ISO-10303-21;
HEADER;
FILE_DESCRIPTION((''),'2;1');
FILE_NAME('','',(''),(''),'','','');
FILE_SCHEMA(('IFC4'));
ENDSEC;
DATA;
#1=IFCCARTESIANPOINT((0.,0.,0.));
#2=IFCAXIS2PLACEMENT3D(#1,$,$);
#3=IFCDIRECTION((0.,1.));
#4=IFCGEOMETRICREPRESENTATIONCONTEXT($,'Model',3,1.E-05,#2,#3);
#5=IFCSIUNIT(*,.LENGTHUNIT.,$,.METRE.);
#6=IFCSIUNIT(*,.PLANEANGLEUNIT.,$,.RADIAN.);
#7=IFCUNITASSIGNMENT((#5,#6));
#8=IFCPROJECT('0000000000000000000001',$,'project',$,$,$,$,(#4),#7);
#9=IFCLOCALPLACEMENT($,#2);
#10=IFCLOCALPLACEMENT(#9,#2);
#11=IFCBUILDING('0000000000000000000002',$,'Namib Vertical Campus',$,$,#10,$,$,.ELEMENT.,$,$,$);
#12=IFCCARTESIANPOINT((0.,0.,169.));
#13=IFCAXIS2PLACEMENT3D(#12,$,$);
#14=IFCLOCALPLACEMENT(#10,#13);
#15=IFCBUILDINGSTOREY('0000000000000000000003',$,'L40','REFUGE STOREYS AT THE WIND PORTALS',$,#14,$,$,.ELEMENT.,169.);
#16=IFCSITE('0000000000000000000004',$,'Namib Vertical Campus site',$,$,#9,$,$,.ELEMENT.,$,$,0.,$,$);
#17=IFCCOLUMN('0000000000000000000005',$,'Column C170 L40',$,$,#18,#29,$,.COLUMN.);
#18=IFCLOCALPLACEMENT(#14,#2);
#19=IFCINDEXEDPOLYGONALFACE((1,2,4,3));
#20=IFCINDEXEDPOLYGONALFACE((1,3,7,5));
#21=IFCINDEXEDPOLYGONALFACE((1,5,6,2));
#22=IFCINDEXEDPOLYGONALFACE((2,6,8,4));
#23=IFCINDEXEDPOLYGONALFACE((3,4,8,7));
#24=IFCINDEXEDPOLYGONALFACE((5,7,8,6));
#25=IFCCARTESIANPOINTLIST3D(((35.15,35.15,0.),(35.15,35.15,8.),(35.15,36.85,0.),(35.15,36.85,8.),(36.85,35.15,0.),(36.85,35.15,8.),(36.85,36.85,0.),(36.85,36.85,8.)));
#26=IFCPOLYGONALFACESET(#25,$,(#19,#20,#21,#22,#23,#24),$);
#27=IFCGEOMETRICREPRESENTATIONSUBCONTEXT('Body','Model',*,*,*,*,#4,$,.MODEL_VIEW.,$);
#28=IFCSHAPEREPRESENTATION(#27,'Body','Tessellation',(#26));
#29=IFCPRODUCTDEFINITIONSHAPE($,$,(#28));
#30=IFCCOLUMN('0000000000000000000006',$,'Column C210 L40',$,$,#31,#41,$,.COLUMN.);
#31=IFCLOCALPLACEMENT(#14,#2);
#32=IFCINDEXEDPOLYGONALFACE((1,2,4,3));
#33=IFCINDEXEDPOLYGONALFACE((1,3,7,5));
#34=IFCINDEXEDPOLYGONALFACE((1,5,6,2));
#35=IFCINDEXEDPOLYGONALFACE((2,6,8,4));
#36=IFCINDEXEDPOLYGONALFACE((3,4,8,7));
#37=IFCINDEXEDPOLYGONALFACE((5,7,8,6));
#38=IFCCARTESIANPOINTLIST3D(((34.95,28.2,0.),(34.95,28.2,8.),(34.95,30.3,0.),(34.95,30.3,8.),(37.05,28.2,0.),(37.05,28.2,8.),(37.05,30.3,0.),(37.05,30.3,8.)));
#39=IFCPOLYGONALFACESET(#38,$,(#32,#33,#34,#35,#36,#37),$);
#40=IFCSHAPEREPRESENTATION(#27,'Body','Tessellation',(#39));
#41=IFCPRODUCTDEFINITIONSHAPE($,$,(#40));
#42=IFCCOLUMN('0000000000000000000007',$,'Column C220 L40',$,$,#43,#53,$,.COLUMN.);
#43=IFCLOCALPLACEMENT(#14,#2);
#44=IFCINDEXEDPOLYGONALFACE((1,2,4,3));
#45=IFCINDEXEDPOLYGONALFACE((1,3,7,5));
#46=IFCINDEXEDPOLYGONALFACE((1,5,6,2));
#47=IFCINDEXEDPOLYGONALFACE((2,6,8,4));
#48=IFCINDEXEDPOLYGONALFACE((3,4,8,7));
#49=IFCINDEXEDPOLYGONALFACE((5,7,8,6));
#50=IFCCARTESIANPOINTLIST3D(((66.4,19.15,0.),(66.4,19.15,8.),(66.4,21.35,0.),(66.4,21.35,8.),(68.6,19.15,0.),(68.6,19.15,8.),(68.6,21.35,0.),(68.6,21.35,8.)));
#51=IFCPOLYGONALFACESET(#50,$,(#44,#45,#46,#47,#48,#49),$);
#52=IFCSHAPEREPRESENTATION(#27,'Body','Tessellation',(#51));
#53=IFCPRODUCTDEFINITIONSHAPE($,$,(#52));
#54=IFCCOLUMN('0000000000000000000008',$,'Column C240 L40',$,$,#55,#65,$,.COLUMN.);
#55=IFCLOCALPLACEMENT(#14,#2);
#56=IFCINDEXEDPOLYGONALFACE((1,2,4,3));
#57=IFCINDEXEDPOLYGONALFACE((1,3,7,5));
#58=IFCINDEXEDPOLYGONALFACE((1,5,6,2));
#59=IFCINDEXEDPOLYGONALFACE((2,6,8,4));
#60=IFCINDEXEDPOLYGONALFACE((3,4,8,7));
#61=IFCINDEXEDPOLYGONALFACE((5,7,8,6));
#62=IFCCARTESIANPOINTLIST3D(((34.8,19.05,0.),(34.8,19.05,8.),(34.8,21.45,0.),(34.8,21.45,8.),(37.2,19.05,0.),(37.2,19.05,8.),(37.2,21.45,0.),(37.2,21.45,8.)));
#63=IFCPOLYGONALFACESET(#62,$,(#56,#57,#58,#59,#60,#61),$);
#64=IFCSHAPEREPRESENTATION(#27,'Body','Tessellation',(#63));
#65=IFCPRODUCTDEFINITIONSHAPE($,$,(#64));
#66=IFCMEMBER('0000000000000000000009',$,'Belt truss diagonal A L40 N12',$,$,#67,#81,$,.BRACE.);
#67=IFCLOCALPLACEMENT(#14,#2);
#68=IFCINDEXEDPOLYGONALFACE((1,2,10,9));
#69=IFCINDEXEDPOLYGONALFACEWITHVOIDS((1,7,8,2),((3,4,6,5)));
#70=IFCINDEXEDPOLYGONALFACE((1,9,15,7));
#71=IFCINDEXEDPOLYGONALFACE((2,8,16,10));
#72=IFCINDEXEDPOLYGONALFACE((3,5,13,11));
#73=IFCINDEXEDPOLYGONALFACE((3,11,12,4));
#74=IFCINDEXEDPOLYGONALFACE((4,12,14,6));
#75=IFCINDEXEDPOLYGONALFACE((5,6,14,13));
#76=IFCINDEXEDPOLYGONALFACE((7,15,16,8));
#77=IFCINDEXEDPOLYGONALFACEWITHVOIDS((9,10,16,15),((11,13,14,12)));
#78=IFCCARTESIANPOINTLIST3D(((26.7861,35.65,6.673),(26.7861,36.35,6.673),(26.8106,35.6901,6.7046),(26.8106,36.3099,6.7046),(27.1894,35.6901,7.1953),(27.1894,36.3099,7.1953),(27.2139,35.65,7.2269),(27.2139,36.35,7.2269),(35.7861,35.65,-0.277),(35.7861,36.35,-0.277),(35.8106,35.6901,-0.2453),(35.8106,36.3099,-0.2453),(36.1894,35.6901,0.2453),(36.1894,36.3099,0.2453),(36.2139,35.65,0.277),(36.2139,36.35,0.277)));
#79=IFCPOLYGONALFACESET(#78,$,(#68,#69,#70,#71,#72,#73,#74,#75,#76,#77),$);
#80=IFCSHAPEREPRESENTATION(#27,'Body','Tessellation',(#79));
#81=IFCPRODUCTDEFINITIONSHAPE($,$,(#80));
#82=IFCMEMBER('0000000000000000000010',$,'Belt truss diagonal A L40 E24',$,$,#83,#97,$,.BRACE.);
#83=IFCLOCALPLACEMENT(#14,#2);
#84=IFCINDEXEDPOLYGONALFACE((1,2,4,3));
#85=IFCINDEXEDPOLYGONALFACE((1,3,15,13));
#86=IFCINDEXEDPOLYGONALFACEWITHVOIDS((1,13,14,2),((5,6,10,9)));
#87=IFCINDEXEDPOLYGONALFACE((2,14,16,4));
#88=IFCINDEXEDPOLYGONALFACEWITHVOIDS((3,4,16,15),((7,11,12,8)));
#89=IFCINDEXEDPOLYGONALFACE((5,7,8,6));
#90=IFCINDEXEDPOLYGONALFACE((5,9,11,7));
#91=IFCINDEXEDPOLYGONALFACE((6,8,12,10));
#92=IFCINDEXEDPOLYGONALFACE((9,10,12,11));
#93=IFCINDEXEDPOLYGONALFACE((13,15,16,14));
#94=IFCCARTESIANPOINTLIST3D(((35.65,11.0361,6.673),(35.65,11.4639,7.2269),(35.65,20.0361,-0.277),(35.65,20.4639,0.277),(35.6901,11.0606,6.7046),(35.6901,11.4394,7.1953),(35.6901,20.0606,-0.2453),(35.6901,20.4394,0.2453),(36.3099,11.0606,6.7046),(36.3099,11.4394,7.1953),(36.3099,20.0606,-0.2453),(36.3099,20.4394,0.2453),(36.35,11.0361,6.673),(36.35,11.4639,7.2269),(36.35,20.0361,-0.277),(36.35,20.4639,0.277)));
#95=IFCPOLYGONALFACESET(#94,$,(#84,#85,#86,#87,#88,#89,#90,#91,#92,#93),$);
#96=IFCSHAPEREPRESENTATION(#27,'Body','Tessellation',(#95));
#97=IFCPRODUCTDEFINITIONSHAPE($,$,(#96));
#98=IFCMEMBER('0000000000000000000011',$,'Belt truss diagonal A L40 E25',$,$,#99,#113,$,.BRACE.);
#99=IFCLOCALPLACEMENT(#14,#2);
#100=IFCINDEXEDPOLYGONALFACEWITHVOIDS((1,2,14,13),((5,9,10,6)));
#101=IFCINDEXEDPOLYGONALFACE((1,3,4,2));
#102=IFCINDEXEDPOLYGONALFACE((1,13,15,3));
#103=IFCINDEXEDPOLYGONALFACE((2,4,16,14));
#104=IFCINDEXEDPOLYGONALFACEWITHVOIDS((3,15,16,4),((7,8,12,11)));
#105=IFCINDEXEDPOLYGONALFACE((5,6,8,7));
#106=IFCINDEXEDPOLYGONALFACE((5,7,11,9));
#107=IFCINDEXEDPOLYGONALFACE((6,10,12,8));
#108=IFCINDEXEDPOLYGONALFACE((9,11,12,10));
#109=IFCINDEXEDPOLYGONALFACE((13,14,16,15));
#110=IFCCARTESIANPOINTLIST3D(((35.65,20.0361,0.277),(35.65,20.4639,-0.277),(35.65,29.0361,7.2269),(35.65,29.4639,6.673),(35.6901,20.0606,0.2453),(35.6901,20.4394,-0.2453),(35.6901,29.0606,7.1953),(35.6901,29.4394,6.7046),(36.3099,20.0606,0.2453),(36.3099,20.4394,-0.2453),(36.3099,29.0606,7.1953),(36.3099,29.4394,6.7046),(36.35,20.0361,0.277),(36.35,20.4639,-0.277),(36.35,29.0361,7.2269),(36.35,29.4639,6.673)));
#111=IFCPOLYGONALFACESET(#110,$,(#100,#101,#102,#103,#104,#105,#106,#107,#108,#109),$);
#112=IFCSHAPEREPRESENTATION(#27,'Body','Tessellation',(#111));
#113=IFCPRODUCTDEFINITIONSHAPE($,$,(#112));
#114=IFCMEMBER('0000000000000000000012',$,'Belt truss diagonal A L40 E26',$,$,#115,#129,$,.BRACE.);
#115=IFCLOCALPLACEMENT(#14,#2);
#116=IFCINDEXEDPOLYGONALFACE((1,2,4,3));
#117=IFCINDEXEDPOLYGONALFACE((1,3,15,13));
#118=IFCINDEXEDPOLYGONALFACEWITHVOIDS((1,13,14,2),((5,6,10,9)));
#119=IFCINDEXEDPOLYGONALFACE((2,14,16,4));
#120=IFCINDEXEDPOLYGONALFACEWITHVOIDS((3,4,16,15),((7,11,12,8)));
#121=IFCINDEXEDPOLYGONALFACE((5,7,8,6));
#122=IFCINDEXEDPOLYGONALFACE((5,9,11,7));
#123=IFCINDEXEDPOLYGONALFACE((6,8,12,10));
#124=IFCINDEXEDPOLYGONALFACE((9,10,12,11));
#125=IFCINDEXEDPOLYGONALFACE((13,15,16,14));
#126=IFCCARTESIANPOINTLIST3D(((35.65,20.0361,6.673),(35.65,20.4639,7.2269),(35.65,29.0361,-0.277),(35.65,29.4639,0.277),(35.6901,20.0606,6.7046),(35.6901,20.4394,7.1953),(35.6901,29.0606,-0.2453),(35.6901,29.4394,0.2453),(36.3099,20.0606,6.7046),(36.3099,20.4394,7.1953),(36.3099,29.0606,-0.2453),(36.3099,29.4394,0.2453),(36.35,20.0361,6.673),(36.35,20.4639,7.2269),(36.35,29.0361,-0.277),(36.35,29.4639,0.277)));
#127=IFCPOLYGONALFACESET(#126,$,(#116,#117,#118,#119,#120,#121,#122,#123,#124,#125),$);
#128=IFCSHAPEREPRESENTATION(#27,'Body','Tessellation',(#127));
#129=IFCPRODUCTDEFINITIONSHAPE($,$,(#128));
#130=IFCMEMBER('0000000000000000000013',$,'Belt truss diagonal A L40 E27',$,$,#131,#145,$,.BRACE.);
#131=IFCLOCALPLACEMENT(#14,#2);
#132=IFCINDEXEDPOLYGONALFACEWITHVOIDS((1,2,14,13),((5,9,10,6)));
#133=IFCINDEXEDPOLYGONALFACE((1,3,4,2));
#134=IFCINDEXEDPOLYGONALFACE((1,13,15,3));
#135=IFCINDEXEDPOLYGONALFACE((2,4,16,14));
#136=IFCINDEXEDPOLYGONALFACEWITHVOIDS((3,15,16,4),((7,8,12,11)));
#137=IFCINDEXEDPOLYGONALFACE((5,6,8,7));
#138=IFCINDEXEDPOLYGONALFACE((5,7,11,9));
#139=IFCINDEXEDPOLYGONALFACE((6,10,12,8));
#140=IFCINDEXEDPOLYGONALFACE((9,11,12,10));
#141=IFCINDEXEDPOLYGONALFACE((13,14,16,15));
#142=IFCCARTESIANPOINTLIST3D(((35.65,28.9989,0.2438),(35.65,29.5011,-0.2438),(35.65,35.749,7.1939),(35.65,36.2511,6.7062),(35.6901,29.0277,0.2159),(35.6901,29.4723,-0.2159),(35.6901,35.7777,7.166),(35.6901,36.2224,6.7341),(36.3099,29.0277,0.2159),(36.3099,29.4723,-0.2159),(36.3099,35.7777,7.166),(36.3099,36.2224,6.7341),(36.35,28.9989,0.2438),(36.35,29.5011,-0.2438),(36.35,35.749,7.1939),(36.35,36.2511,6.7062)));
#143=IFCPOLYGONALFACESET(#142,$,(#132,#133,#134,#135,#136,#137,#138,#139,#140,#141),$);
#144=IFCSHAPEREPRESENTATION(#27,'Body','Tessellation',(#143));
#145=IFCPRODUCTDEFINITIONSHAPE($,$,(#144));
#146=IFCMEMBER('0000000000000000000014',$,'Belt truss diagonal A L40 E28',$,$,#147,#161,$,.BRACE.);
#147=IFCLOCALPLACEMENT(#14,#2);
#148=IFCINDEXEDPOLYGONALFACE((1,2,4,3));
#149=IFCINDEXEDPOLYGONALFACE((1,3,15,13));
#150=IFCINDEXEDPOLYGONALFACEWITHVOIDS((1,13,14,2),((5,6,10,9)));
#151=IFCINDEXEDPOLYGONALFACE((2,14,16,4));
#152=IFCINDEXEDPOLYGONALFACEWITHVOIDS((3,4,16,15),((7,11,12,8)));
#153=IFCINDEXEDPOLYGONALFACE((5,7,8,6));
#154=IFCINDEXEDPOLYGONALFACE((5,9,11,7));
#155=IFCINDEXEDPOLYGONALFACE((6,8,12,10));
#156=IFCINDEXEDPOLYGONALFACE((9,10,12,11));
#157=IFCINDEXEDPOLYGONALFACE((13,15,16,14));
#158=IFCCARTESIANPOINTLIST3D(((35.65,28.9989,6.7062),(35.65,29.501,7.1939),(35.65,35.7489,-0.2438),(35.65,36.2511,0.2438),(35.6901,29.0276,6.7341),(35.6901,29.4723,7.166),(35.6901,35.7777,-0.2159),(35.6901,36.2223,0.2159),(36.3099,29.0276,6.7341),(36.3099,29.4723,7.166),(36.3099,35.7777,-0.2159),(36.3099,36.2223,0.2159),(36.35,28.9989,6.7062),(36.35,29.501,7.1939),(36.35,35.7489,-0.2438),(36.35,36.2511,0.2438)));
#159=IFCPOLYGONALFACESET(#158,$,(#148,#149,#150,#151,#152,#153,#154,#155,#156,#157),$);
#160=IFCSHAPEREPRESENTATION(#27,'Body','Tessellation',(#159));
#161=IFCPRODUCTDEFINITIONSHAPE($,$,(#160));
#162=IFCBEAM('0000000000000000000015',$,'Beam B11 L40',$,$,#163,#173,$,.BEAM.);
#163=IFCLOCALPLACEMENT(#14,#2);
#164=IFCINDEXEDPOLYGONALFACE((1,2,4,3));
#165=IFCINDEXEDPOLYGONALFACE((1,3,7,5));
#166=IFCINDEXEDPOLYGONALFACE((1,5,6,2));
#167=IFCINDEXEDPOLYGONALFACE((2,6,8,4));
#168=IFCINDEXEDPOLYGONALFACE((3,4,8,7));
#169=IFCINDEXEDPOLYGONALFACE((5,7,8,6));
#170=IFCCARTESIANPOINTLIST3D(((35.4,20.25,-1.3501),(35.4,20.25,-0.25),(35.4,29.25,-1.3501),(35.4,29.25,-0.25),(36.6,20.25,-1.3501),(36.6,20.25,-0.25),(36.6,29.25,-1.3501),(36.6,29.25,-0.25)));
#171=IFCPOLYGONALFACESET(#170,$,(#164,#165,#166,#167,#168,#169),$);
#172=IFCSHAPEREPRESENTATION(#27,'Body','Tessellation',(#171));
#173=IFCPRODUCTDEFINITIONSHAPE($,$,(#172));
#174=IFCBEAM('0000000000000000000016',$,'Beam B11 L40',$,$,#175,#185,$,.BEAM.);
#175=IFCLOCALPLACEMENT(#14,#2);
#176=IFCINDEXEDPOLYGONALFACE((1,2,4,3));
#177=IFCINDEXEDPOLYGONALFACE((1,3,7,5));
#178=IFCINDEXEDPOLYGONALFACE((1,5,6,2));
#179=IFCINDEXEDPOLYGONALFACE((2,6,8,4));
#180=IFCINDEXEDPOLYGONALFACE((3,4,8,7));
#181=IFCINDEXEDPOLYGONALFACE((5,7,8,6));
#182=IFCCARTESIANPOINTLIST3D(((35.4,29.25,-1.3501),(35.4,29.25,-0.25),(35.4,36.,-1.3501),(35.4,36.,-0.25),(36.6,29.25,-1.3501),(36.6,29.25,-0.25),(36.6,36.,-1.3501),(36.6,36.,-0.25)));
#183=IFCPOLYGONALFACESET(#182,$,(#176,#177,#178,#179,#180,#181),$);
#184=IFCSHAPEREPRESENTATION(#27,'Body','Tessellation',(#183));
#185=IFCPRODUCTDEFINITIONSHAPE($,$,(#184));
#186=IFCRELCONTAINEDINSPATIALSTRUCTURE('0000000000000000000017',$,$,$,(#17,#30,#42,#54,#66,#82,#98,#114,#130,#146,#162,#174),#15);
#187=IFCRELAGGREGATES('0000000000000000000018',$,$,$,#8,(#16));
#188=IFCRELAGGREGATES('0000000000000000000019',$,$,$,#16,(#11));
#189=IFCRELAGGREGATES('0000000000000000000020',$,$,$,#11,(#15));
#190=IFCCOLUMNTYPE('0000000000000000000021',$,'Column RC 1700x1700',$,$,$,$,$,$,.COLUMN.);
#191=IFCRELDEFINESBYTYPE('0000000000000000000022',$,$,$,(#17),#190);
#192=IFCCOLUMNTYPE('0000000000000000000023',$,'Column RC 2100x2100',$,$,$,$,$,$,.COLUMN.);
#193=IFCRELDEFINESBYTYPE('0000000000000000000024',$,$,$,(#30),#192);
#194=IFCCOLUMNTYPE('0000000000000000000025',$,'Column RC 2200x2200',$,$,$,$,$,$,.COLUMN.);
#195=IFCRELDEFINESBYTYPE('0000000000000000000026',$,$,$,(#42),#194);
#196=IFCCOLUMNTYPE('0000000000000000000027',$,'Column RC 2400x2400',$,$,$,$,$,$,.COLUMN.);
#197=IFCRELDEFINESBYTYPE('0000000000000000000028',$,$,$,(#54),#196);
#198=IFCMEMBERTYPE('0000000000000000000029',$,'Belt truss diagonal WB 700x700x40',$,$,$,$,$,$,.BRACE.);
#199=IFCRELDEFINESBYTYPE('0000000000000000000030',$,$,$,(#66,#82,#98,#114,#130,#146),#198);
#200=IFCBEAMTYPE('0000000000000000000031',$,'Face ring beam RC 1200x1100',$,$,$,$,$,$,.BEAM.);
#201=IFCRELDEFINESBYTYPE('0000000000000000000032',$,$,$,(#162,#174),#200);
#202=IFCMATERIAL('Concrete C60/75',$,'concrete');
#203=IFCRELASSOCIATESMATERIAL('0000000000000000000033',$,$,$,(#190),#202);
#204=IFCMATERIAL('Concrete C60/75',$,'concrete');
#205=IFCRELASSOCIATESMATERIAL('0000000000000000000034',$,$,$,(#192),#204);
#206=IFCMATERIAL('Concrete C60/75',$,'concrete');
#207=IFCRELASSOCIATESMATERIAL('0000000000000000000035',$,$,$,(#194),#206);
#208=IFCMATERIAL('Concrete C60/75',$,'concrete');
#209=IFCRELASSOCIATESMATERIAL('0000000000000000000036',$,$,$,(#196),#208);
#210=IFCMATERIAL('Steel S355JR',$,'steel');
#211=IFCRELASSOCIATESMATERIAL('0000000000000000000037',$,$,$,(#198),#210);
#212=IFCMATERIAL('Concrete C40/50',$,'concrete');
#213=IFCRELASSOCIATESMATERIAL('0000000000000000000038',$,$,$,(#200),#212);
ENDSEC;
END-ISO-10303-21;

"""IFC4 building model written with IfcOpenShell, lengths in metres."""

from ifc_helpers import new_model, si_unit, direction, frame, origin, origin_2d, place, context, subcontext, project, spatial, rectangle, hollow_rectangle, extrude, material, material_profile, profile_set, type_object, element, save


model = new_model("IFC4")

# Units and contexts
model_context = context("Model", 3, precision=1e-05, world=origin(), true_north=direction((0.0, 1.0)))
body_context = subcontext(model_context, "Body", "Model", "MODEL_VIEW")
ifc_project = project(units=[si_unit("LENGTHUNIT", "METRE"), si_unit("PLANEANGLEUNIT", "RADIAN")], contexts=[model_context])

# Site, building, storey
site_placement = place(None, origin())
site = spatial("IfcSite", under=ifc_project, at=site_placement, Name="Namib Vertical Campus site", CompositionType="ELEMENT", RefElevation=0.0)
building_placement = place(site_placement, origin())
building = spatial("IfcBuilding", under=site, at=building_placement, Name="Namib Vertical Campus", CompositionType="ELEMENT")
storey_placement = place(building_placement, frame((0.0, 0.0, 169.0)))
storey = spatial("IfcBuildingStorey", under=building, at=storey_placement, Name="L40", Description="REFUGE STOREYS AT THE WIND PORTALS", CompositionType="ELEMENT", Elevation=169.0)

# Columns
ifc_material_1 = material(Name="Concrete C60/75", Category="concrete")
ifc_material_profile_1 = material_profile(ifc_material_1, rectangle(XDim=1.7, YDim=1.7, at=origin_2d()))
ifc_profile_set_1 = profile_set([ifc_material_profile_1], Name="Concrete C60/75")
column_type_1 = type_object("IfcColumnType", Name="Column RC 1700x1700", PredefinedType="COLUMN", material=ifc_profile_set_1)
column_1_placement = place(storey_placement, frame((36.0, 36.0, 0.0), z_axis=(0.0, 0.0, 1.0), x_axis=(1.0, 0.0, 0.0)))
element("IfcColumn", 1, at=column_1_placement, inside=storey, type_object=column_type_1, Name="Column C170 L40", PredefinedType="COLUMN", context=body_context, shape_type="SweptSolid", body=[
    extrude(rectangle(XDim=1.7, YDim=1.7, at=origin_2d()), origin(), (0.0, 0.0, 1.0), 8.0),
])
ifc_material_2 = material(Name="Concrete C60/75", Category="concrete")
ifc_material_profile_2 = material_profile(ifc_material_2, rectangle(XDim=2.1001, YDim=2.1001, at=origin_2d()))
ifc_profile_set_2 = profile_set([ifc_material_profile_2], Name="Concrete C60/75")
column_type_2 = type_object("IfcColumnType", Name="Column RC 2100x2100", PredefinedType="COLUMN", material=ifc_profile_set_2)
column_2_placement = place(storey_placement, frame((36.0, 29.25, 0.0), z_axis=(0.0, 0.0, 1.0), x_axis=(1.0, 0.0, 0.0)))
element("IfcColumn", 2, at=column_2_placement, inside=storey, type_object=column_type_2, Name="Column C210 L40", PredefinedType="COLUMN", context=body_context, shape_type="SweptSolid", body=[
    extrude(rectangle(XDim=2.1001, YDim=2.1001, at=origin_2d()), origin(), (0.0, 0.0, 1.0), 8.0),
])
ifc_material_3 = material(Name="Concrete C60/75", Category="concrete")
ifc_material_profile_3 = material_profile(ifc_material_3, rectangle(XDim=2.2, YDim=2.2, at=origin_2d()))
ifc_profile_set_3 = profile_set([ifc_material_profile_3], Name="Concrete C60/75")
column_type_3 = type_object("IfcColumnType", Name="Column RC 2200x2200", PredefinedType="COLUMN", material=ifc_profile_set_3)
column_3_placement = place(storey_placement, frame((67.5, 20.25, 0.0), z_axis=(0.0, 0.0, 1.0), x_axis=(1.0, 0.0, 0.0)))
element("IfcColumn", 3, at=column_3_placement, inside=storey, type_object=column_type_3, Name="Column C220 L40", PredefinedType="COLUMN", context=body_context, shape_type="SweptSolid", body=[
    extrude(rectangle(XDim=2.2, YDim=2.2, at=origin_2d()), origin(), (0.0, 0.0, 1.0), 8.0),
])
ifc_material_4 = material(Name="Concrete C60/75", Category="concrete")
ifc_material_profile_4 = material_profile(ifc_material_4, rectangle(XDim=2.3999, YDim=2.3999, at=origin_2d()))
ifc_profile_set_4 = profile_set([ifc_material_profile_4], Name="Concrete C60/75")
column_type_4 = type_object("IfcColumnType", Name="Column RC 2400x2400", PredefinedType="COLUMN", material=ifc_profile_set_4)
column_4_placement = place(storey_placement, frame((36.0, 20.25, 0.0), z_axis=(0.0, 0.0, 1.0), x_axis=(1.0, 0.0, 0.0)))
element("IfcColumn", 4, at=column_4_placement, inside=storey, type_object=column_type_4, Name="Column C240 L40", PredefinedType="COLUMN", context=body_context, shape_type="SweptSolid", body=[
    extrude(rectangle(XDim=2.3999, YDim=2.3999, at=origin_2d()), origin(), (0.0, 0.0, 1.0), 8.0),
])

# Members
ifc_material_5 = material(Name="Steel S355JR", Category="steel")
ifc_material_profile_5 = material_profile(ifc_material_5, hollow_rectangle(XDim=0.7, YDim=0.7, WallThickness=0.04, at=origin_2d()))
ifc_profile_set_5 = profile_set([ifc_material_profile_5], Name="Steel S355JR")
member_type = type_object("IfcMemberType", Name="Belt truss diagonal WB 700x700x40", PredefinedType="BRACE", material=ifc_profile_set_5)
for number, where, z_axis, x_axis, name in (
    (5, (36.0, 36.0, 0.0), (-0.79148, 0.0, 0.611194), (0.0, -1.0, 0.0), "Belt truss diagonal A L40 N12"),
    (6, (36.0, 20.25, 0.0), (0.0, -0.79148, 0.611194), (1.0, 0.0, 0.0), "Belt truss diagonal A L40 E24"),
    (7, (36.0, 20.25, 0.0), (0.0, 0.79148, 0.611194), (-1.0, 0.0, 0.0), "Belt truss diagonal A L40 E25"),
    (8, (36.0, 29.25, 0.0), (0.0, -0.79148, 0.611194), (1.0, 0.0, 0.0), "Belt truss diagonal A L40 E26"),
):
    element("IfcMember", number, at=place(storey_placement, frame(where, z_axis=z_axis, x_axis=x_axis)), inside=storey, type_object=member_type, Name=name, PredefinedType="BRACE", context=body_context, shape_type="SweptSolid", body=[
        extrude(hollow_rectangle(XDim=0.7, YDim=0.7, WallThickness=0.04, at=origin_2d()), origin(), (0.0, 0.0, 1.0), 11.3711),
    ])
for number, where, z_axis, x_axis, name in (
    (9, (36.0, 29.25, 0.0), (0.0, 0.696712, 0.717351), (-1.0, 0.0, 0.0), "Belt truss diagonal A L40 E27"),
    (10, (36.0, 36.0, 0.0), (0.0, -0.696712, 0.717351), (1.0, 0.0, 0.0), "Belt truss diagonal A L40 E28"),
):
    element("IfcMember", number, at=place(storey_placement, frame(where, z_axis=z_axis, x_axis=x_axis)), inside=storey, type_object=member_type, Name=name, PredefinedType="BRACE", context=body_context, shape_type="SweptSolid", body=[
        extrude(hollow_rectangle(XDim=0.7, YDim=0.7, WallThickness=0.04, at=origin_2d()), origin(), (0.0, 0.0, 1.0), 9.6885),
    ])

# Beams
ifc_material_6 = material(Name="Concrete C40/50", Category="concrete")
ifc_material_profile_6 = material_profile(ifc_material_6, rectangle(XDim=1.2, YDim=1.1001, at=origin_2d()))
ifc_profile_set_6 = profile_set([ifc_material_profile_6], Name="Concrete C40/50")
beam_type_1 = type_object("IfcBeamType", Name="Face ring beam RC 1200x1100", PredefinedType="BEAM", material=ifc_profile_set_6)
beam_1_placement = place(storey_placement, frame((36.0, 20.25, -0.8), z_axis=(0.0, 1.0, 0.0), x_axis=(-1.0, 0.0, 0.0)))
element("IfcBeam", 11, at=beam_1_placement, inside=storey, type_object=beam_type_1, Name="Beam B11 L40", PredefinedType="BEAM", context=body_context, shape_type="SweptSolid", body=[
    extrude(rectangle(XDim=1.2, YDim=1.1001, at=origin_2d()), origin(), (0.0, 0.0, 1.0), 9.0),
])
beam_2_placement = place(storey_placement, frame((36.0, 29.25, -0.8), z_axis=(0.0, 1.0, 0.0), x_axis=(-1.0, 0.0, 0.0)))
element("IfcBeam", 12, at=beam_2_placement, inside=storey, type_object=beam_type_1, Name="Beam B11 L40", PredefinedType="BEAM", context=body_context, shape_type="SweptSolid", body=[
    extrude(rectangle(XDim=1.2, YDim=1.1001, at=origin_2d()), origin(), (0.0, 0.0, 1.0), 6.75),
])

save(model, "model.ifc")
